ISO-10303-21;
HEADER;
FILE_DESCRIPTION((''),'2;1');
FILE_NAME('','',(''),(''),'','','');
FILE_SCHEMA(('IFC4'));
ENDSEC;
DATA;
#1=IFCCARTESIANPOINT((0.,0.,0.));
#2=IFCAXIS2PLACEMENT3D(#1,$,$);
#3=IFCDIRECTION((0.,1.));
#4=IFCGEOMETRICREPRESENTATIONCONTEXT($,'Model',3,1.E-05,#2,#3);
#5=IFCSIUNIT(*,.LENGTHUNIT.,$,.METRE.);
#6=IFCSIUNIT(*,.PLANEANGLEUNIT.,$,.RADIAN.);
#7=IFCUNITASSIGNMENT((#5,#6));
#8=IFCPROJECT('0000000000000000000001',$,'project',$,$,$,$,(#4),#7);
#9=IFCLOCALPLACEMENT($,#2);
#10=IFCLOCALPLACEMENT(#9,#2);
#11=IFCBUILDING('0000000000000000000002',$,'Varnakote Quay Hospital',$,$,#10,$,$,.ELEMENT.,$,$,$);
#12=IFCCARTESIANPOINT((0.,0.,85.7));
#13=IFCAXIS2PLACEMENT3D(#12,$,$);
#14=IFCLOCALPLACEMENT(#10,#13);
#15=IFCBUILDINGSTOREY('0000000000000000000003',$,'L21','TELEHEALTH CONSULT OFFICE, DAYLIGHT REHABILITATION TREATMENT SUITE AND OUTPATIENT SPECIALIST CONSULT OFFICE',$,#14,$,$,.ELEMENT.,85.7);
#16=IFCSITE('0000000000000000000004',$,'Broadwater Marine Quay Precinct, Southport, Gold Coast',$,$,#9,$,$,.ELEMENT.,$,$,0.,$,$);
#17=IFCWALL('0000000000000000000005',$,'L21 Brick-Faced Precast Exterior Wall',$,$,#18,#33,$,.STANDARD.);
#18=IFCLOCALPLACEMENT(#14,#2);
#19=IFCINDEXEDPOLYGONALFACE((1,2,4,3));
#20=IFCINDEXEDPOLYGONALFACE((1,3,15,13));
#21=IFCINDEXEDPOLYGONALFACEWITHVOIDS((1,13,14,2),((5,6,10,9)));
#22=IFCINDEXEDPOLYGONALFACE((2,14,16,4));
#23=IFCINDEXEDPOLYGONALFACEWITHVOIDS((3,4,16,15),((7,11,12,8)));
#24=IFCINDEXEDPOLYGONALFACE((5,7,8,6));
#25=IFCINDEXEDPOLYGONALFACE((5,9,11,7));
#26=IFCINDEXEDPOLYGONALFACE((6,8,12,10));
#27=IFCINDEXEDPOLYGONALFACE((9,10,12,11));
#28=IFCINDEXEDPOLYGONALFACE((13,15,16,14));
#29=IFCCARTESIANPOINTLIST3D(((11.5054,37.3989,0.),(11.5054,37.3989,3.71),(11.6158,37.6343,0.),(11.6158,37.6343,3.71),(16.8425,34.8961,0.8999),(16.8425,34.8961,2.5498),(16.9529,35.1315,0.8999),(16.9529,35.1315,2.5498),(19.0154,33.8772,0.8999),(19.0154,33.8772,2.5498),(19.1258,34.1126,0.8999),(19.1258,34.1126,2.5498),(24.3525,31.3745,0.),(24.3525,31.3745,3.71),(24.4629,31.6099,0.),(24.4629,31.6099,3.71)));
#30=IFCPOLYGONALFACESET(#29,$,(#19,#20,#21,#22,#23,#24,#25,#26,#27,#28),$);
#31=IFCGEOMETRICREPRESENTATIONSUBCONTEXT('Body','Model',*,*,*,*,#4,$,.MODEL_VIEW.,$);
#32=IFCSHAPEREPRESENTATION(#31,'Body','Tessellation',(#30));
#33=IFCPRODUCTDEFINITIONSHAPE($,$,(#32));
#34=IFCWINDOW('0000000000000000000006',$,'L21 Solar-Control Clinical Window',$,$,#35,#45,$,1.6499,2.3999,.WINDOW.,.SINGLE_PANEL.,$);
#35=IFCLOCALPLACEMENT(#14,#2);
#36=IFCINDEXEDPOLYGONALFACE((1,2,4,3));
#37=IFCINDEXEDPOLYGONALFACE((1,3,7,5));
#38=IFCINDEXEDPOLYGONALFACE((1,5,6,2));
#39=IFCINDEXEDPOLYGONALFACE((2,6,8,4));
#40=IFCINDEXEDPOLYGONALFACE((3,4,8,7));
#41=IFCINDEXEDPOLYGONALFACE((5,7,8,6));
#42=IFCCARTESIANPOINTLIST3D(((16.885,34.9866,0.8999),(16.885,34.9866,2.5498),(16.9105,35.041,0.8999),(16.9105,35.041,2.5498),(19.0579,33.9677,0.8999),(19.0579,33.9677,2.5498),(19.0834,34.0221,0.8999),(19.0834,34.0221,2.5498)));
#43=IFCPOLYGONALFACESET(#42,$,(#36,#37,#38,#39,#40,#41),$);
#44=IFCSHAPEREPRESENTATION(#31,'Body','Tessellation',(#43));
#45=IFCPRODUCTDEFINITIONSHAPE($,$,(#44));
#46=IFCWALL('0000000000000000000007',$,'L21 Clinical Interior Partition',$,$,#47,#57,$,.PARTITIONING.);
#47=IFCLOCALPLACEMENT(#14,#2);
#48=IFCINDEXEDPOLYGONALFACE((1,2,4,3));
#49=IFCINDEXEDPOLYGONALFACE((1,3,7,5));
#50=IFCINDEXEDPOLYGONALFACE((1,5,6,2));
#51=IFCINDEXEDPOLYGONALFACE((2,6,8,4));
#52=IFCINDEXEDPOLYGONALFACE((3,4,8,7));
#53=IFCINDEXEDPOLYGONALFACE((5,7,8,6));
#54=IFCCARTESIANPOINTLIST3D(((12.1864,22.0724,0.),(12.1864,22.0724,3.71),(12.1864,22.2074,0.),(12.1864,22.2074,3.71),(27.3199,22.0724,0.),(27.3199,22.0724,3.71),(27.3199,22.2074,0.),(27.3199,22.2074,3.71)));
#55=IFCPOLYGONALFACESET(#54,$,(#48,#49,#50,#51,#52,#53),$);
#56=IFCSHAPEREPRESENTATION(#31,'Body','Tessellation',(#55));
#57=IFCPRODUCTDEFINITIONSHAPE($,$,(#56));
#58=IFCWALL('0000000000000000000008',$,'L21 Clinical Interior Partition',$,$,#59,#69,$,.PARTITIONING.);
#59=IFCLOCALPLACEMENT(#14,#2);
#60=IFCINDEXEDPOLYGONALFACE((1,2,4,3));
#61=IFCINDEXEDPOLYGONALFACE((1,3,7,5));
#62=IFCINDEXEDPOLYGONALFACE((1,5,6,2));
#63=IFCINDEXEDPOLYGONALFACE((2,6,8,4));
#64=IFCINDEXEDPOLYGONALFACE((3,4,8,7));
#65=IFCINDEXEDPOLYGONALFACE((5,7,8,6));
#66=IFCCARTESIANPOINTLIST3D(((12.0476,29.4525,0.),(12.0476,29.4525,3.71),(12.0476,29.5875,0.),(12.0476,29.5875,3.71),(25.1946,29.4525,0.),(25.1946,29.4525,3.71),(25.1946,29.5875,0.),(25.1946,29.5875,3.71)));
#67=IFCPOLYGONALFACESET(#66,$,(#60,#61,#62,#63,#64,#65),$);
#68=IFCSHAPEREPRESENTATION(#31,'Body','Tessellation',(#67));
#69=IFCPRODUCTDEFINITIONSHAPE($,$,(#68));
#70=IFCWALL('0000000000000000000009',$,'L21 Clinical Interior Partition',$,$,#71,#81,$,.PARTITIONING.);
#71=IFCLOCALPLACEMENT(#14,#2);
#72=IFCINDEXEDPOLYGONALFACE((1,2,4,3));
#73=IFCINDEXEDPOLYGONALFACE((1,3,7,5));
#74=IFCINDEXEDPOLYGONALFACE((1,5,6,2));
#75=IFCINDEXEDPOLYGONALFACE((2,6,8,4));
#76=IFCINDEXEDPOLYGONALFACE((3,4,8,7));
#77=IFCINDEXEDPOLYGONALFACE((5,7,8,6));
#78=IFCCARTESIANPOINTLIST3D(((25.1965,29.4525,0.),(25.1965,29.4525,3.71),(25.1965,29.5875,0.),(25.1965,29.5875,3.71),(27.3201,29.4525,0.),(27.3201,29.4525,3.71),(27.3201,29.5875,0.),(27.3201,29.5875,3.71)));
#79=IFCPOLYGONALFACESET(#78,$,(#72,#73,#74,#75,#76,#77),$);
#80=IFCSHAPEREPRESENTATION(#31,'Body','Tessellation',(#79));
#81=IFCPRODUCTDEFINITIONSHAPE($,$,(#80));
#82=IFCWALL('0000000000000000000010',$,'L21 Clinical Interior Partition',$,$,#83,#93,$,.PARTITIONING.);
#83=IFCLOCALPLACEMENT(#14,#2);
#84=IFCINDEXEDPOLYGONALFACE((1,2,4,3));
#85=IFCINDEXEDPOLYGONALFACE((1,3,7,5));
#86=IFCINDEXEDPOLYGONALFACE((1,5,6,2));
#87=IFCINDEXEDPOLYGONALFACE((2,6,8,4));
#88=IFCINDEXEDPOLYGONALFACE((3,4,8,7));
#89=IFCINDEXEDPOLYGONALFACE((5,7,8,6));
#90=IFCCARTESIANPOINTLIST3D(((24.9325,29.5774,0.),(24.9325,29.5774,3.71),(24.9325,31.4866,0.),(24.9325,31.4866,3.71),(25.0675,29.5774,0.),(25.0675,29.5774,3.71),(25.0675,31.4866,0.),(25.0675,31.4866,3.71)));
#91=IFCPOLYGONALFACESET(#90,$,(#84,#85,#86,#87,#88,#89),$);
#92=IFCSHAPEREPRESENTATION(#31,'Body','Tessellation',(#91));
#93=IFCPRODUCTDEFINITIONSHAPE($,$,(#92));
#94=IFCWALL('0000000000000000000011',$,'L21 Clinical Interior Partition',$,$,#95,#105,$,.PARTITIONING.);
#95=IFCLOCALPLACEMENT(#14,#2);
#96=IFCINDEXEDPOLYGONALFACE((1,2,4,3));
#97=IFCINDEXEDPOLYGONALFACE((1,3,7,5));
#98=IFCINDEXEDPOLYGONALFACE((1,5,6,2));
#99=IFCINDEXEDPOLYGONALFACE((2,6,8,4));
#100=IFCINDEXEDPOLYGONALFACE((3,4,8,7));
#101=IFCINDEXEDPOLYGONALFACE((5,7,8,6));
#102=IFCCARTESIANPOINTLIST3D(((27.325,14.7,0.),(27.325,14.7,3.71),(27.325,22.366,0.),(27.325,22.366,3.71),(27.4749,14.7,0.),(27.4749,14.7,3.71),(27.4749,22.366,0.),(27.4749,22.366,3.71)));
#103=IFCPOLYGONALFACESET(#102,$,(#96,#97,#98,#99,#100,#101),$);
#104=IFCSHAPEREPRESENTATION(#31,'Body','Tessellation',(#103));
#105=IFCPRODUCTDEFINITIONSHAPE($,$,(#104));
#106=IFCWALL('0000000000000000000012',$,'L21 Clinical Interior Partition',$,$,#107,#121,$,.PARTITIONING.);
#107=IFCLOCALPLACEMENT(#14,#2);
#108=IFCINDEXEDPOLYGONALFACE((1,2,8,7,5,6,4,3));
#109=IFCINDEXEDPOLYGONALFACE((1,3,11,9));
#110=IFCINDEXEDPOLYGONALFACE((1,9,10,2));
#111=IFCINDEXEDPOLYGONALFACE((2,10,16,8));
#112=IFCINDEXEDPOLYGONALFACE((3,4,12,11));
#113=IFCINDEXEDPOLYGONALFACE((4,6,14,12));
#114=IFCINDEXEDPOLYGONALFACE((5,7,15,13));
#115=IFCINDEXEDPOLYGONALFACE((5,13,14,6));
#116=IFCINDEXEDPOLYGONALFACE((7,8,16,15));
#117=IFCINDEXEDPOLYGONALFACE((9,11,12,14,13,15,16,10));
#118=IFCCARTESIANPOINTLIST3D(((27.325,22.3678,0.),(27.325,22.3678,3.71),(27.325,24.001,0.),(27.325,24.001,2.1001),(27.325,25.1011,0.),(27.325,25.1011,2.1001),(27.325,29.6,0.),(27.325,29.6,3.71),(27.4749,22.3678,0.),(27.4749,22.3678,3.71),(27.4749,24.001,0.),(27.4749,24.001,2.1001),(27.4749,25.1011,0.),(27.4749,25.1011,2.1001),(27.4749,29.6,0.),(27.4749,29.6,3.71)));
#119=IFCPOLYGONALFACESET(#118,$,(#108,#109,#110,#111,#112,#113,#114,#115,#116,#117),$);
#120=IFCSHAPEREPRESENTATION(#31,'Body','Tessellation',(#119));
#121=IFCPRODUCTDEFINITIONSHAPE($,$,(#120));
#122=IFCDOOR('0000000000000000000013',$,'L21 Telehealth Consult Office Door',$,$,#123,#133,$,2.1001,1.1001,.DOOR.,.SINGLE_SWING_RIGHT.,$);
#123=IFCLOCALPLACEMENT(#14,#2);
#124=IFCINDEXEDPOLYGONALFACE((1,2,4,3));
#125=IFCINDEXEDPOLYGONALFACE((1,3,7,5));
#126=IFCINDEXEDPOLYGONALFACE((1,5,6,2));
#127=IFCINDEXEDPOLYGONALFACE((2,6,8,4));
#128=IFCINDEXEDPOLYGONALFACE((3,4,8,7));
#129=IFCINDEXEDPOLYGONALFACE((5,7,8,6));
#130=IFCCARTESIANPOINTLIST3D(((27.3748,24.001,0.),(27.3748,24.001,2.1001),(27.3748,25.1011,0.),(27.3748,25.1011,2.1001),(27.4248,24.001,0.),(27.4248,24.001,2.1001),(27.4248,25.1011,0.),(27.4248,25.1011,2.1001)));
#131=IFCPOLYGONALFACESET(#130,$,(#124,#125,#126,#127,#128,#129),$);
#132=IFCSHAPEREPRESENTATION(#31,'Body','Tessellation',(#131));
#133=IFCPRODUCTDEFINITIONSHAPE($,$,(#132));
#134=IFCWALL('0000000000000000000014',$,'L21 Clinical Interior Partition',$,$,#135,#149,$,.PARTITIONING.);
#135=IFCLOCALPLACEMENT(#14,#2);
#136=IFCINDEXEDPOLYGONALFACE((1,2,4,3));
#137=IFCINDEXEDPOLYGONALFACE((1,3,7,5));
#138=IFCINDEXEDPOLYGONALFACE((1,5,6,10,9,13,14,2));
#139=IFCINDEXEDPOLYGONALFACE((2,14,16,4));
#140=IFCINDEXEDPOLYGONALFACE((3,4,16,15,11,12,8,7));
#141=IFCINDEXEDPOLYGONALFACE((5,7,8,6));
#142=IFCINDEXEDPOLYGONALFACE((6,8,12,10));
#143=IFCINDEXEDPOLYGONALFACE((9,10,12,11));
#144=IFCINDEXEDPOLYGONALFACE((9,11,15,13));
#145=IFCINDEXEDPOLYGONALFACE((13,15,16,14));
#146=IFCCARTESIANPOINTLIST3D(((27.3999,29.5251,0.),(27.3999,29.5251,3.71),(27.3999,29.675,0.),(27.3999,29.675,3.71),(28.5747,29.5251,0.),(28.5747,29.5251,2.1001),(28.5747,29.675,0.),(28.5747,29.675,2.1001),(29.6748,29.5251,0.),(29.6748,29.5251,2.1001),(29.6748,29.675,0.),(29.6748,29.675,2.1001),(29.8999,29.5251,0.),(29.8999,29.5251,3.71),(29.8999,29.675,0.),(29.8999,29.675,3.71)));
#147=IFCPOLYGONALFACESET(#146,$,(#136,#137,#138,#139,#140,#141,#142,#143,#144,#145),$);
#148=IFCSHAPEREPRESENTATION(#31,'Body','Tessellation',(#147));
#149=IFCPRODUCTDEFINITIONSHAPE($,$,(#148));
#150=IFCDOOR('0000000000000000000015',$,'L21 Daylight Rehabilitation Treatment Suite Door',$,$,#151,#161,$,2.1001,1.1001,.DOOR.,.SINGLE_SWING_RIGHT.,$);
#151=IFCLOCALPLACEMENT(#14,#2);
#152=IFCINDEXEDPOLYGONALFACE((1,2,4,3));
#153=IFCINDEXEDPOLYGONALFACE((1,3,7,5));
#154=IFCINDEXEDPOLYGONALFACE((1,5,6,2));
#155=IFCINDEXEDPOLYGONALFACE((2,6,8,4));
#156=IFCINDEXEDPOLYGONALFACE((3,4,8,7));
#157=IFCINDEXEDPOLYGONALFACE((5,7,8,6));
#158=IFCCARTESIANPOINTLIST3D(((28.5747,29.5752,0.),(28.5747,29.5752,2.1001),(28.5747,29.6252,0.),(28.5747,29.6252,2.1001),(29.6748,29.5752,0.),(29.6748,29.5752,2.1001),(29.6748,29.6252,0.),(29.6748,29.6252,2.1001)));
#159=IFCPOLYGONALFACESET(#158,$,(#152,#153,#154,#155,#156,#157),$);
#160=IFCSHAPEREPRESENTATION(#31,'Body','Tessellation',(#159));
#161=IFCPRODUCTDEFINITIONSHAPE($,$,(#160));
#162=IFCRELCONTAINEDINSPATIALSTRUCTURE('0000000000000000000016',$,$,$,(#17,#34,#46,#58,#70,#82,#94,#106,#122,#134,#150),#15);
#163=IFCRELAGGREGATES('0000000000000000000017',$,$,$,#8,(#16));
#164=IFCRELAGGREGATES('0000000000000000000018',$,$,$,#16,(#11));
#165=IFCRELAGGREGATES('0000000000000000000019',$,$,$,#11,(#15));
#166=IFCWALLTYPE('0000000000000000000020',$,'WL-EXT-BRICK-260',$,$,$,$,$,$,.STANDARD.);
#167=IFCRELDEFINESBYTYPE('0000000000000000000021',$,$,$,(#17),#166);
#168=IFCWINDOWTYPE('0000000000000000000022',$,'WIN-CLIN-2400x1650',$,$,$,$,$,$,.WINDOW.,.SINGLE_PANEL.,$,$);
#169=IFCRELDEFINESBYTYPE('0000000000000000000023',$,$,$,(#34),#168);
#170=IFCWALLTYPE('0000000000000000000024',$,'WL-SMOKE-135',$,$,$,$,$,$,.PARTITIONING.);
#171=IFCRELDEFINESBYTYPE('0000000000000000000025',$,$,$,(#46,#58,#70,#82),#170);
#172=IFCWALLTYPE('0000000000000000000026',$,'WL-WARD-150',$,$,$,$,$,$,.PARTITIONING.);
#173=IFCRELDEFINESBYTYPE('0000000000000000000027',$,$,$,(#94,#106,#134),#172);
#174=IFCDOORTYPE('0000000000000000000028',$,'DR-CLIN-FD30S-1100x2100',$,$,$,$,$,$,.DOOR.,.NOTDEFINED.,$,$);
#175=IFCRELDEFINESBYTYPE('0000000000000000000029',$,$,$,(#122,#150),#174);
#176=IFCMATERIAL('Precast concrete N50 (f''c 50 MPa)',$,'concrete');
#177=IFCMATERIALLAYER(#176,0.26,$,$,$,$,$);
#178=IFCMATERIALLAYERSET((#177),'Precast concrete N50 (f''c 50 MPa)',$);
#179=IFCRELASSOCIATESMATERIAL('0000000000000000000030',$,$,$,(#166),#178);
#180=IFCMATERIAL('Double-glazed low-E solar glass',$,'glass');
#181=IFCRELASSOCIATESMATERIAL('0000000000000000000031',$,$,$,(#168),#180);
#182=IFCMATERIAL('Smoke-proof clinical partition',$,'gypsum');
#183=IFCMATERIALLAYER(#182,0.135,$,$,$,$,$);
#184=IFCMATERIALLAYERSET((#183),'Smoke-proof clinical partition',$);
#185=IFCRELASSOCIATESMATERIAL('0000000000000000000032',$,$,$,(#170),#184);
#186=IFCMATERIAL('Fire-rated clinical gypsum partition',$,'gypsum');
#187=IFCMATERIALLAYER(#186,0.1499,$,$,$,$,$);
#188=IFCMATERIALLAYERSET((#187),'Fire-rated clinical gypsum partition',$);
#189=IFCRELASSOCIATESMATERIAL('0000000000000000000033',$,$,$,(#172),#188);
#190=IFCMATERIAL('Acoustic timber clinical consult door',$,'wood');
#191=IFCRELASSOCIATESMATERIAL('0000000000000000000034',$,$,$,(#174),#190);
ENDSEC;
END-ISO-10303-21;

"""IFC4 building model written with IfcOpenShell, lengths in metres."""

from ifc_helpers import new_model, si_unit, direction, frame, frame_2d, origin, place, context, subcontext, project, spatial, rectangle, extrude, material, layer, layer_set, type_object, element, fill, save


model = new_model("IFC4")

# Units and contexts
model_context = context("Model", 3, precision=1e-05, world=origin(), true_north=direction((0.0, 1.0)))
body_context = subcontext(model_context, "Body", "Model", "MODEL_VIEW")
ifc_project = project(units=[si_unit("LENGTHUNIT", "METRE"), si_unit("PLANEANGLEUNIT", "RADIAN")], contexts=[model_context])

# Site, building, storey
site_placement = place(None, origin())
site = spatial("IfcSite", under=ifc_project, at=site_placement, Name="Broadwater Marine Quay Precinct, Southport, Gold Coast", CompositionType="ELEMENT", RefElevation=0.0)
building_placement = place(site_placement, origin())
building = spatial("IfcBuilding", under=site, at=building_placement, Name="Varnakote Quay Hospital", CompositionType="ELEMENT")
storey_placement = place(building_placement, frame((0.0, 0.0, 85.7)))
storey = spatial("IfcBuildingStorey", under=building, at=storey_placement, Name="L21", Description="TELEHEALTH CONSULT OFFICE, DAYLIGHT REHABILITATION TREATMENT SUITE AND OUTPATIENT SPECIALIST CONSULT OFFICE", CompositionType="ELEMENT", Elevation=85.7)

# Wall, opening, window
ifc_material_1 = material(Name="Precast concrete N50 (f'c 50 MPa)", Category="concrete")
ifc_layer_1 = layer(ifc_material_1, 0.26)
ifc_layer_set_1 = layer_set([ifc_layer_1], Name="Precast concrete N50 (f'c 50 MPa)")
wall_type_1 = type_object("IfcWallType", Name="WL-EXT-BRICK-260", PredefinedType="STANDARD", material=ifc_layer_set_1)
wall_1_placement = place(storey_placement, frame((24.4077, 31.4922, 0.0), z_axis=(0.0, 0.0, 1.0), x_axis=(-0.905397, 0.424567, 0.0)))
wall_1 = element("IfcWall", 1, at=wall_1_placement, inside=storey, type_object=wall_type_1, Name="L21 Brick-Faced Precast Exterior Wall", PredefinedType="STANDARD", context=body_context, shape_type="SweptSolid", body=[
    extrude(rectangle(XDim=14.1895, YDim=0.26, at=frame_2d((7.0947, 0.0))), origin(), (0.0, 0.0, 1.0), 3.71),
])
opening_1_placement = place(wall_1_placement, frame((5.8948, 0.0, 0.8999)))
opening_1 = element("IfcOpeningElement", 2, at=opening_1_placement, cuts=wall_1, PredefinedType="OPENING", context=body_context, shape_type="SweptSolid", body=[
    extrude(rectangle(XDim=2.3999, YDim=1.6499, at=frame_2d((1.2, 0.825))), frame((0.0, 0.1399, 0.0), z_axis=(0.0, -1.0, 0.0), x_axis=(1.0, 0.0, 0.0)), (0.0, 0.0, 1.0), 0.28),
])
ifc_material_2 = material(Name="Double-glazed low-E solar glass", Category="glass")
window_type = type_object("IfcWindowType", Name="WIN-CLIN-2400x1650", PartitioningType="SINGLE_PANEL", PredefinedType="WINDOW", material=ifc_material_2)
window_placement = place(opening_1_placement, origin())
window = element("IfcWindow", 3, at=window_placement, inside=storey, type_object=window_type, Name="L21 Solar-Control Clinical Window", OverallHeight=1.6499, OverallWidth=2.3999, PartitioningType="SINGLE_PANEL", PredefinedType="WINDOW", context=body_context, shape_type="SweptSolid", body=[
    extrude(rectangle(XDim=2.3999, YDim=1.6499, at=frame_2d((1.2, 0.825))), frame((0.0, 0.03, 0.0), z_axis=(0.0, -1.0, 0.0), x_axis=(1.0, 0.0, 0.0)), (0.0, 0.0, 1.0), 0.0601),
])
fill(opening_1, window)

# Walls
ifc_material_3 = material(Name="Smoke-proof clinical partition", Category="gypsum")
ifc_layer_2 = layer(ifc_material_3, 0.135)
ifc_layer_set_2 = layer_set([ifc_layer_2], Name="Smoke-proof clinical partition")
wall_type_2 = type_object("IfcWallType", Name="WL-SMOKE-135", PredefinedType="PARTITIONING", material=ifc_layer_set_2)
wall_2_placement = place(storey_placement, frame((27.3201, 22.1399, 0.0), z_axis=(0.0, 0.0, 1.0), x_axis=(-1.0, 0.0, 0.0)))
element("IfcWall", 4, at=wall_2_placement, inside=storey, type_object=wall_type_2, Name="L21 Clinical Interior Partition", PredefinedType="PARTITIONING", context=body_context, shape_type="SweptSolid", body=[
    extrude(rectangle(XDim=15.1335, YDim=0.135, at=frame_2d((7.5669, 0.0))), origin(), (0.0, 0.0, 1.0), 3.71),
])
wall_3_placement = place(storey_placement, frame((25.1946, 29.52, 0.0), z_axis=(0.0, 0.0, 1.0), x_axis=(-1.0, 0.0, 0.0)))
element("IfcWall", 5, at=wall_3_placement, inside=storey, type_object=wall_type_2, Name="L21 Clinical Interior Partition", PredefinedType="PARTITIONING", context=body_context, shape_type="SweptSolid", body=[
    extrude(rectangle(XDim=13.147, YDim=0.135, at=frame_2d((6.5735, 0.0))), origin(), (0.0, 0.0, 1.0), 3.71),
])
wall_4_placement = place(storey_placement, frame((27.3201, 29.52, 0.0), z_axis=(0.0, 0.0, 1.0), x_axis=(-1.0, 0.0, 0.0)))
element("IfcWall", 6, at=wall_4_placement, inside=storey, type_object=wall_type_2, Name="L21 Clinical Interior Partition", PredefinedType="PARTITIONING", context=body_context, shape_type="SweptSolid", body=[
    extrude(rectangle(XDim=2.1235, YDim=0.135, at=frame_2d((1.0618, 0.0))), origin(), (0.0, 0.0, 1.0), 3.71),
])
wall_5_placement = place(storey_placement, frame((25.0, 29.5774, 0.0), z_axis=(0.0, 0.0, 1.0), x_axis=(0.0, 1.0, 0.0)))
element("IfcWall", 7, at=wall_5_placement, inside=storey, type_object=wall_type_2, Name="L21 Clinical Interior Partition", PredefinedType="PARTITIONING", context=body_context, shape_type="SweptSolid", body=[
    extrude(rectangle(XDim=1.9092, YDim=0.135, at=frame_2d((0.9546, 0.0))), origin(), (0.0, 0.0, 1.0), 3.71),
])
ifc_material_4 = material(Name="Fire-rated clinical gypsum partition", Category="gypsum")
ifc_layer_3 = layer(ifc_material_4, 0.1499)
ifc_layer_set_3 = layer_set([ifc_layer_3], Name="Fire-rated clinical gypsum partition")
wall_type_3 = type_object("IfcWallType", Name="WL-WARD-150", PredefinedType="PARTITIONING", material=ifc_layer_set_3)
wall_6_placement = place(storey_placement, frame((27.3999, 22.366, 0.0), z_axis=(0.0, 0.0, 1.0), x_axis=(0.0, -1.0, 0.0)))
element("IfcWall", 8, at=wall_6_placement, inside=storey, type_object=wall_type_3, Name="L21 Clinical Interior Partition", PredefinedType="PARTITIONING", context=body_context, shape_type="SweptSolid", body=[
    extrude(rectangle(XDim=7.666, YDim=0.1499, at=frame_2d((3.833, 0.0))), origin(), (0.0, 0.0, 1.0), 3.71),
])

# Walls, openings, doors
wall_7_placement = place(storey_placement, frame((27.3999, 29.6001, 0.0), z_axis=(0.0, 0.0, 1.0), x_axis=(0.0, -1.0, 0.0)))
wall_7 = element("IfcWall", 9, at=wall_7_placement, inside=storey, type_object=wall_type_3, Name="L21 Clinical Interior Partition", PredefinedType="PARTITIONING", context=body_context, shape_type="SweptSolid", body=[
    extrude(rectangle(XDim=7.2322, YDim=0.1499, at=frame_2d((3.6162, 0.0))), origin(), (0.0, 0.0, 1.0), 3.71),
])
opening_2_placement = place(wall_7_placement, frame((4.499, 0.0, 0.0)))
opening_2 = element("IfcOpeningElement", 10, at=opening_2_placement, cuts=wall_7, PredefinedType="OPENING", context=body_context, shape_type="SweptSolid", body=[
    extrude(rectangle(XDim=1.1001, YDim=2.1001, at=frame_2d((0.55, 1.05))), frame((0.0, 0.085, 0.0), z_axis=(0.0, -1.0, 0.0), x_axis=(1.0, 0.0, 0.0)), (0.0, 0.0, 1.0), 0.1699),
])
ifc_material_5 = material(Name="Acoustic timber clinical consult door", Category="wood")
door_type = type_object("IfcDoorType", Name="DR-CLIN-FD30S-1100x2100", OperationType="NOTDEFINED", PredefinedType="DOOR", material=ifc_material_5)
door_1_placement = place(opening_2_placement, origin())
door_1 = element("IfcDoor", 11, at=door_1_placement, inside=storey, type_object=door_type, Name="L21 Telehealth Consult Office Door", OperationType="SINGLE_SWING_RIGHT", OverallHeight=2.1001, OverallWidth=1.1001, PredefinedType="DOOR", context=body_context, shape_type="SweptSolid", body=[
    extrude(rectangle(XDim=1.1001, YDim=2.1001, at=frame_2d((0.55, 1.05))), frame((0.0, 0.0249, 0.0), z_axis=(0.0, -1.0, 0.0), x_axis=(1.0, 0.0, 0.0)), (0.0, 0.0, 1.0), 0.05),
])
fill(opening_2, door_1)
wall_8_placement = place(storey_placement, frame((29.8999, 29.6001, 0.0), z_axis=(0.0, 0.0, 1.0), x_axis=(-1.0, 0.0, 0.0)))
wall_8 = element("IfcWall", 12, at=wall_8_placement, inside=storey, type_object=wall_type_3, Name="L21 Clinical Interior Partition", PredefinedType="PARTITIONING", context=body_context, shape_type="SweptSolid", body=[
    extrude(rectangle(XDim=2.5, YDim=0.1499, at=frame_2d((1.25, 0.0))), origin(), (0.0, 0.0, 1.0), 3.71),
])
opening_3_placement = place(wall_8_placement, frame((0.2251, 0.0, 0.0)))
opening_3 = element("IfcOpeningElement", 13, at=opening_3_placement, cuts=wall_8, PredefinedType="OPENING", context=body_context, shape_type="SweptSolid", body=[
    extrude(rectangle(XDim=1.1001, YDim=2.1001, at=frame_2d((0.55, 1.05))), frame((0.0, 0.085, 0.0), z_axis=(0.0, -1.0, 0.0), x_axis=(1.0, 0.0, 0.0)), (0.0, 0.0, 1.0), 0.1699),
])
door_2_placement = place(opening_3_placement, origin())
door_2 = element("IfcDoor", 14, at=door_2_placement, inside=storey, type_object=door_type, Name="L21 Daylight Rehabilitation Treatment Suite Door", OperationType="SINGLE_SWING_RIGHT", OverallHeight=2.1001, OverallWidth=1.1001, PredefinedType="DOOR", context=body_context, shape_type="SweptSolid", body=[
    extrude(rectangle(XDim=1.1001, YDim=2.1001, at=frame_2d((0.55, 1.05))), frame((0.0, 0.0249, 0.0), z_axis=(0.0, -1.0, 0.0), x_axis=(1.0, 0.0, 0.0)), (0.0, 0.0, 1.0), 0.05),
])
fill(opening_3, door_2)

save(model, "model.ifc")
